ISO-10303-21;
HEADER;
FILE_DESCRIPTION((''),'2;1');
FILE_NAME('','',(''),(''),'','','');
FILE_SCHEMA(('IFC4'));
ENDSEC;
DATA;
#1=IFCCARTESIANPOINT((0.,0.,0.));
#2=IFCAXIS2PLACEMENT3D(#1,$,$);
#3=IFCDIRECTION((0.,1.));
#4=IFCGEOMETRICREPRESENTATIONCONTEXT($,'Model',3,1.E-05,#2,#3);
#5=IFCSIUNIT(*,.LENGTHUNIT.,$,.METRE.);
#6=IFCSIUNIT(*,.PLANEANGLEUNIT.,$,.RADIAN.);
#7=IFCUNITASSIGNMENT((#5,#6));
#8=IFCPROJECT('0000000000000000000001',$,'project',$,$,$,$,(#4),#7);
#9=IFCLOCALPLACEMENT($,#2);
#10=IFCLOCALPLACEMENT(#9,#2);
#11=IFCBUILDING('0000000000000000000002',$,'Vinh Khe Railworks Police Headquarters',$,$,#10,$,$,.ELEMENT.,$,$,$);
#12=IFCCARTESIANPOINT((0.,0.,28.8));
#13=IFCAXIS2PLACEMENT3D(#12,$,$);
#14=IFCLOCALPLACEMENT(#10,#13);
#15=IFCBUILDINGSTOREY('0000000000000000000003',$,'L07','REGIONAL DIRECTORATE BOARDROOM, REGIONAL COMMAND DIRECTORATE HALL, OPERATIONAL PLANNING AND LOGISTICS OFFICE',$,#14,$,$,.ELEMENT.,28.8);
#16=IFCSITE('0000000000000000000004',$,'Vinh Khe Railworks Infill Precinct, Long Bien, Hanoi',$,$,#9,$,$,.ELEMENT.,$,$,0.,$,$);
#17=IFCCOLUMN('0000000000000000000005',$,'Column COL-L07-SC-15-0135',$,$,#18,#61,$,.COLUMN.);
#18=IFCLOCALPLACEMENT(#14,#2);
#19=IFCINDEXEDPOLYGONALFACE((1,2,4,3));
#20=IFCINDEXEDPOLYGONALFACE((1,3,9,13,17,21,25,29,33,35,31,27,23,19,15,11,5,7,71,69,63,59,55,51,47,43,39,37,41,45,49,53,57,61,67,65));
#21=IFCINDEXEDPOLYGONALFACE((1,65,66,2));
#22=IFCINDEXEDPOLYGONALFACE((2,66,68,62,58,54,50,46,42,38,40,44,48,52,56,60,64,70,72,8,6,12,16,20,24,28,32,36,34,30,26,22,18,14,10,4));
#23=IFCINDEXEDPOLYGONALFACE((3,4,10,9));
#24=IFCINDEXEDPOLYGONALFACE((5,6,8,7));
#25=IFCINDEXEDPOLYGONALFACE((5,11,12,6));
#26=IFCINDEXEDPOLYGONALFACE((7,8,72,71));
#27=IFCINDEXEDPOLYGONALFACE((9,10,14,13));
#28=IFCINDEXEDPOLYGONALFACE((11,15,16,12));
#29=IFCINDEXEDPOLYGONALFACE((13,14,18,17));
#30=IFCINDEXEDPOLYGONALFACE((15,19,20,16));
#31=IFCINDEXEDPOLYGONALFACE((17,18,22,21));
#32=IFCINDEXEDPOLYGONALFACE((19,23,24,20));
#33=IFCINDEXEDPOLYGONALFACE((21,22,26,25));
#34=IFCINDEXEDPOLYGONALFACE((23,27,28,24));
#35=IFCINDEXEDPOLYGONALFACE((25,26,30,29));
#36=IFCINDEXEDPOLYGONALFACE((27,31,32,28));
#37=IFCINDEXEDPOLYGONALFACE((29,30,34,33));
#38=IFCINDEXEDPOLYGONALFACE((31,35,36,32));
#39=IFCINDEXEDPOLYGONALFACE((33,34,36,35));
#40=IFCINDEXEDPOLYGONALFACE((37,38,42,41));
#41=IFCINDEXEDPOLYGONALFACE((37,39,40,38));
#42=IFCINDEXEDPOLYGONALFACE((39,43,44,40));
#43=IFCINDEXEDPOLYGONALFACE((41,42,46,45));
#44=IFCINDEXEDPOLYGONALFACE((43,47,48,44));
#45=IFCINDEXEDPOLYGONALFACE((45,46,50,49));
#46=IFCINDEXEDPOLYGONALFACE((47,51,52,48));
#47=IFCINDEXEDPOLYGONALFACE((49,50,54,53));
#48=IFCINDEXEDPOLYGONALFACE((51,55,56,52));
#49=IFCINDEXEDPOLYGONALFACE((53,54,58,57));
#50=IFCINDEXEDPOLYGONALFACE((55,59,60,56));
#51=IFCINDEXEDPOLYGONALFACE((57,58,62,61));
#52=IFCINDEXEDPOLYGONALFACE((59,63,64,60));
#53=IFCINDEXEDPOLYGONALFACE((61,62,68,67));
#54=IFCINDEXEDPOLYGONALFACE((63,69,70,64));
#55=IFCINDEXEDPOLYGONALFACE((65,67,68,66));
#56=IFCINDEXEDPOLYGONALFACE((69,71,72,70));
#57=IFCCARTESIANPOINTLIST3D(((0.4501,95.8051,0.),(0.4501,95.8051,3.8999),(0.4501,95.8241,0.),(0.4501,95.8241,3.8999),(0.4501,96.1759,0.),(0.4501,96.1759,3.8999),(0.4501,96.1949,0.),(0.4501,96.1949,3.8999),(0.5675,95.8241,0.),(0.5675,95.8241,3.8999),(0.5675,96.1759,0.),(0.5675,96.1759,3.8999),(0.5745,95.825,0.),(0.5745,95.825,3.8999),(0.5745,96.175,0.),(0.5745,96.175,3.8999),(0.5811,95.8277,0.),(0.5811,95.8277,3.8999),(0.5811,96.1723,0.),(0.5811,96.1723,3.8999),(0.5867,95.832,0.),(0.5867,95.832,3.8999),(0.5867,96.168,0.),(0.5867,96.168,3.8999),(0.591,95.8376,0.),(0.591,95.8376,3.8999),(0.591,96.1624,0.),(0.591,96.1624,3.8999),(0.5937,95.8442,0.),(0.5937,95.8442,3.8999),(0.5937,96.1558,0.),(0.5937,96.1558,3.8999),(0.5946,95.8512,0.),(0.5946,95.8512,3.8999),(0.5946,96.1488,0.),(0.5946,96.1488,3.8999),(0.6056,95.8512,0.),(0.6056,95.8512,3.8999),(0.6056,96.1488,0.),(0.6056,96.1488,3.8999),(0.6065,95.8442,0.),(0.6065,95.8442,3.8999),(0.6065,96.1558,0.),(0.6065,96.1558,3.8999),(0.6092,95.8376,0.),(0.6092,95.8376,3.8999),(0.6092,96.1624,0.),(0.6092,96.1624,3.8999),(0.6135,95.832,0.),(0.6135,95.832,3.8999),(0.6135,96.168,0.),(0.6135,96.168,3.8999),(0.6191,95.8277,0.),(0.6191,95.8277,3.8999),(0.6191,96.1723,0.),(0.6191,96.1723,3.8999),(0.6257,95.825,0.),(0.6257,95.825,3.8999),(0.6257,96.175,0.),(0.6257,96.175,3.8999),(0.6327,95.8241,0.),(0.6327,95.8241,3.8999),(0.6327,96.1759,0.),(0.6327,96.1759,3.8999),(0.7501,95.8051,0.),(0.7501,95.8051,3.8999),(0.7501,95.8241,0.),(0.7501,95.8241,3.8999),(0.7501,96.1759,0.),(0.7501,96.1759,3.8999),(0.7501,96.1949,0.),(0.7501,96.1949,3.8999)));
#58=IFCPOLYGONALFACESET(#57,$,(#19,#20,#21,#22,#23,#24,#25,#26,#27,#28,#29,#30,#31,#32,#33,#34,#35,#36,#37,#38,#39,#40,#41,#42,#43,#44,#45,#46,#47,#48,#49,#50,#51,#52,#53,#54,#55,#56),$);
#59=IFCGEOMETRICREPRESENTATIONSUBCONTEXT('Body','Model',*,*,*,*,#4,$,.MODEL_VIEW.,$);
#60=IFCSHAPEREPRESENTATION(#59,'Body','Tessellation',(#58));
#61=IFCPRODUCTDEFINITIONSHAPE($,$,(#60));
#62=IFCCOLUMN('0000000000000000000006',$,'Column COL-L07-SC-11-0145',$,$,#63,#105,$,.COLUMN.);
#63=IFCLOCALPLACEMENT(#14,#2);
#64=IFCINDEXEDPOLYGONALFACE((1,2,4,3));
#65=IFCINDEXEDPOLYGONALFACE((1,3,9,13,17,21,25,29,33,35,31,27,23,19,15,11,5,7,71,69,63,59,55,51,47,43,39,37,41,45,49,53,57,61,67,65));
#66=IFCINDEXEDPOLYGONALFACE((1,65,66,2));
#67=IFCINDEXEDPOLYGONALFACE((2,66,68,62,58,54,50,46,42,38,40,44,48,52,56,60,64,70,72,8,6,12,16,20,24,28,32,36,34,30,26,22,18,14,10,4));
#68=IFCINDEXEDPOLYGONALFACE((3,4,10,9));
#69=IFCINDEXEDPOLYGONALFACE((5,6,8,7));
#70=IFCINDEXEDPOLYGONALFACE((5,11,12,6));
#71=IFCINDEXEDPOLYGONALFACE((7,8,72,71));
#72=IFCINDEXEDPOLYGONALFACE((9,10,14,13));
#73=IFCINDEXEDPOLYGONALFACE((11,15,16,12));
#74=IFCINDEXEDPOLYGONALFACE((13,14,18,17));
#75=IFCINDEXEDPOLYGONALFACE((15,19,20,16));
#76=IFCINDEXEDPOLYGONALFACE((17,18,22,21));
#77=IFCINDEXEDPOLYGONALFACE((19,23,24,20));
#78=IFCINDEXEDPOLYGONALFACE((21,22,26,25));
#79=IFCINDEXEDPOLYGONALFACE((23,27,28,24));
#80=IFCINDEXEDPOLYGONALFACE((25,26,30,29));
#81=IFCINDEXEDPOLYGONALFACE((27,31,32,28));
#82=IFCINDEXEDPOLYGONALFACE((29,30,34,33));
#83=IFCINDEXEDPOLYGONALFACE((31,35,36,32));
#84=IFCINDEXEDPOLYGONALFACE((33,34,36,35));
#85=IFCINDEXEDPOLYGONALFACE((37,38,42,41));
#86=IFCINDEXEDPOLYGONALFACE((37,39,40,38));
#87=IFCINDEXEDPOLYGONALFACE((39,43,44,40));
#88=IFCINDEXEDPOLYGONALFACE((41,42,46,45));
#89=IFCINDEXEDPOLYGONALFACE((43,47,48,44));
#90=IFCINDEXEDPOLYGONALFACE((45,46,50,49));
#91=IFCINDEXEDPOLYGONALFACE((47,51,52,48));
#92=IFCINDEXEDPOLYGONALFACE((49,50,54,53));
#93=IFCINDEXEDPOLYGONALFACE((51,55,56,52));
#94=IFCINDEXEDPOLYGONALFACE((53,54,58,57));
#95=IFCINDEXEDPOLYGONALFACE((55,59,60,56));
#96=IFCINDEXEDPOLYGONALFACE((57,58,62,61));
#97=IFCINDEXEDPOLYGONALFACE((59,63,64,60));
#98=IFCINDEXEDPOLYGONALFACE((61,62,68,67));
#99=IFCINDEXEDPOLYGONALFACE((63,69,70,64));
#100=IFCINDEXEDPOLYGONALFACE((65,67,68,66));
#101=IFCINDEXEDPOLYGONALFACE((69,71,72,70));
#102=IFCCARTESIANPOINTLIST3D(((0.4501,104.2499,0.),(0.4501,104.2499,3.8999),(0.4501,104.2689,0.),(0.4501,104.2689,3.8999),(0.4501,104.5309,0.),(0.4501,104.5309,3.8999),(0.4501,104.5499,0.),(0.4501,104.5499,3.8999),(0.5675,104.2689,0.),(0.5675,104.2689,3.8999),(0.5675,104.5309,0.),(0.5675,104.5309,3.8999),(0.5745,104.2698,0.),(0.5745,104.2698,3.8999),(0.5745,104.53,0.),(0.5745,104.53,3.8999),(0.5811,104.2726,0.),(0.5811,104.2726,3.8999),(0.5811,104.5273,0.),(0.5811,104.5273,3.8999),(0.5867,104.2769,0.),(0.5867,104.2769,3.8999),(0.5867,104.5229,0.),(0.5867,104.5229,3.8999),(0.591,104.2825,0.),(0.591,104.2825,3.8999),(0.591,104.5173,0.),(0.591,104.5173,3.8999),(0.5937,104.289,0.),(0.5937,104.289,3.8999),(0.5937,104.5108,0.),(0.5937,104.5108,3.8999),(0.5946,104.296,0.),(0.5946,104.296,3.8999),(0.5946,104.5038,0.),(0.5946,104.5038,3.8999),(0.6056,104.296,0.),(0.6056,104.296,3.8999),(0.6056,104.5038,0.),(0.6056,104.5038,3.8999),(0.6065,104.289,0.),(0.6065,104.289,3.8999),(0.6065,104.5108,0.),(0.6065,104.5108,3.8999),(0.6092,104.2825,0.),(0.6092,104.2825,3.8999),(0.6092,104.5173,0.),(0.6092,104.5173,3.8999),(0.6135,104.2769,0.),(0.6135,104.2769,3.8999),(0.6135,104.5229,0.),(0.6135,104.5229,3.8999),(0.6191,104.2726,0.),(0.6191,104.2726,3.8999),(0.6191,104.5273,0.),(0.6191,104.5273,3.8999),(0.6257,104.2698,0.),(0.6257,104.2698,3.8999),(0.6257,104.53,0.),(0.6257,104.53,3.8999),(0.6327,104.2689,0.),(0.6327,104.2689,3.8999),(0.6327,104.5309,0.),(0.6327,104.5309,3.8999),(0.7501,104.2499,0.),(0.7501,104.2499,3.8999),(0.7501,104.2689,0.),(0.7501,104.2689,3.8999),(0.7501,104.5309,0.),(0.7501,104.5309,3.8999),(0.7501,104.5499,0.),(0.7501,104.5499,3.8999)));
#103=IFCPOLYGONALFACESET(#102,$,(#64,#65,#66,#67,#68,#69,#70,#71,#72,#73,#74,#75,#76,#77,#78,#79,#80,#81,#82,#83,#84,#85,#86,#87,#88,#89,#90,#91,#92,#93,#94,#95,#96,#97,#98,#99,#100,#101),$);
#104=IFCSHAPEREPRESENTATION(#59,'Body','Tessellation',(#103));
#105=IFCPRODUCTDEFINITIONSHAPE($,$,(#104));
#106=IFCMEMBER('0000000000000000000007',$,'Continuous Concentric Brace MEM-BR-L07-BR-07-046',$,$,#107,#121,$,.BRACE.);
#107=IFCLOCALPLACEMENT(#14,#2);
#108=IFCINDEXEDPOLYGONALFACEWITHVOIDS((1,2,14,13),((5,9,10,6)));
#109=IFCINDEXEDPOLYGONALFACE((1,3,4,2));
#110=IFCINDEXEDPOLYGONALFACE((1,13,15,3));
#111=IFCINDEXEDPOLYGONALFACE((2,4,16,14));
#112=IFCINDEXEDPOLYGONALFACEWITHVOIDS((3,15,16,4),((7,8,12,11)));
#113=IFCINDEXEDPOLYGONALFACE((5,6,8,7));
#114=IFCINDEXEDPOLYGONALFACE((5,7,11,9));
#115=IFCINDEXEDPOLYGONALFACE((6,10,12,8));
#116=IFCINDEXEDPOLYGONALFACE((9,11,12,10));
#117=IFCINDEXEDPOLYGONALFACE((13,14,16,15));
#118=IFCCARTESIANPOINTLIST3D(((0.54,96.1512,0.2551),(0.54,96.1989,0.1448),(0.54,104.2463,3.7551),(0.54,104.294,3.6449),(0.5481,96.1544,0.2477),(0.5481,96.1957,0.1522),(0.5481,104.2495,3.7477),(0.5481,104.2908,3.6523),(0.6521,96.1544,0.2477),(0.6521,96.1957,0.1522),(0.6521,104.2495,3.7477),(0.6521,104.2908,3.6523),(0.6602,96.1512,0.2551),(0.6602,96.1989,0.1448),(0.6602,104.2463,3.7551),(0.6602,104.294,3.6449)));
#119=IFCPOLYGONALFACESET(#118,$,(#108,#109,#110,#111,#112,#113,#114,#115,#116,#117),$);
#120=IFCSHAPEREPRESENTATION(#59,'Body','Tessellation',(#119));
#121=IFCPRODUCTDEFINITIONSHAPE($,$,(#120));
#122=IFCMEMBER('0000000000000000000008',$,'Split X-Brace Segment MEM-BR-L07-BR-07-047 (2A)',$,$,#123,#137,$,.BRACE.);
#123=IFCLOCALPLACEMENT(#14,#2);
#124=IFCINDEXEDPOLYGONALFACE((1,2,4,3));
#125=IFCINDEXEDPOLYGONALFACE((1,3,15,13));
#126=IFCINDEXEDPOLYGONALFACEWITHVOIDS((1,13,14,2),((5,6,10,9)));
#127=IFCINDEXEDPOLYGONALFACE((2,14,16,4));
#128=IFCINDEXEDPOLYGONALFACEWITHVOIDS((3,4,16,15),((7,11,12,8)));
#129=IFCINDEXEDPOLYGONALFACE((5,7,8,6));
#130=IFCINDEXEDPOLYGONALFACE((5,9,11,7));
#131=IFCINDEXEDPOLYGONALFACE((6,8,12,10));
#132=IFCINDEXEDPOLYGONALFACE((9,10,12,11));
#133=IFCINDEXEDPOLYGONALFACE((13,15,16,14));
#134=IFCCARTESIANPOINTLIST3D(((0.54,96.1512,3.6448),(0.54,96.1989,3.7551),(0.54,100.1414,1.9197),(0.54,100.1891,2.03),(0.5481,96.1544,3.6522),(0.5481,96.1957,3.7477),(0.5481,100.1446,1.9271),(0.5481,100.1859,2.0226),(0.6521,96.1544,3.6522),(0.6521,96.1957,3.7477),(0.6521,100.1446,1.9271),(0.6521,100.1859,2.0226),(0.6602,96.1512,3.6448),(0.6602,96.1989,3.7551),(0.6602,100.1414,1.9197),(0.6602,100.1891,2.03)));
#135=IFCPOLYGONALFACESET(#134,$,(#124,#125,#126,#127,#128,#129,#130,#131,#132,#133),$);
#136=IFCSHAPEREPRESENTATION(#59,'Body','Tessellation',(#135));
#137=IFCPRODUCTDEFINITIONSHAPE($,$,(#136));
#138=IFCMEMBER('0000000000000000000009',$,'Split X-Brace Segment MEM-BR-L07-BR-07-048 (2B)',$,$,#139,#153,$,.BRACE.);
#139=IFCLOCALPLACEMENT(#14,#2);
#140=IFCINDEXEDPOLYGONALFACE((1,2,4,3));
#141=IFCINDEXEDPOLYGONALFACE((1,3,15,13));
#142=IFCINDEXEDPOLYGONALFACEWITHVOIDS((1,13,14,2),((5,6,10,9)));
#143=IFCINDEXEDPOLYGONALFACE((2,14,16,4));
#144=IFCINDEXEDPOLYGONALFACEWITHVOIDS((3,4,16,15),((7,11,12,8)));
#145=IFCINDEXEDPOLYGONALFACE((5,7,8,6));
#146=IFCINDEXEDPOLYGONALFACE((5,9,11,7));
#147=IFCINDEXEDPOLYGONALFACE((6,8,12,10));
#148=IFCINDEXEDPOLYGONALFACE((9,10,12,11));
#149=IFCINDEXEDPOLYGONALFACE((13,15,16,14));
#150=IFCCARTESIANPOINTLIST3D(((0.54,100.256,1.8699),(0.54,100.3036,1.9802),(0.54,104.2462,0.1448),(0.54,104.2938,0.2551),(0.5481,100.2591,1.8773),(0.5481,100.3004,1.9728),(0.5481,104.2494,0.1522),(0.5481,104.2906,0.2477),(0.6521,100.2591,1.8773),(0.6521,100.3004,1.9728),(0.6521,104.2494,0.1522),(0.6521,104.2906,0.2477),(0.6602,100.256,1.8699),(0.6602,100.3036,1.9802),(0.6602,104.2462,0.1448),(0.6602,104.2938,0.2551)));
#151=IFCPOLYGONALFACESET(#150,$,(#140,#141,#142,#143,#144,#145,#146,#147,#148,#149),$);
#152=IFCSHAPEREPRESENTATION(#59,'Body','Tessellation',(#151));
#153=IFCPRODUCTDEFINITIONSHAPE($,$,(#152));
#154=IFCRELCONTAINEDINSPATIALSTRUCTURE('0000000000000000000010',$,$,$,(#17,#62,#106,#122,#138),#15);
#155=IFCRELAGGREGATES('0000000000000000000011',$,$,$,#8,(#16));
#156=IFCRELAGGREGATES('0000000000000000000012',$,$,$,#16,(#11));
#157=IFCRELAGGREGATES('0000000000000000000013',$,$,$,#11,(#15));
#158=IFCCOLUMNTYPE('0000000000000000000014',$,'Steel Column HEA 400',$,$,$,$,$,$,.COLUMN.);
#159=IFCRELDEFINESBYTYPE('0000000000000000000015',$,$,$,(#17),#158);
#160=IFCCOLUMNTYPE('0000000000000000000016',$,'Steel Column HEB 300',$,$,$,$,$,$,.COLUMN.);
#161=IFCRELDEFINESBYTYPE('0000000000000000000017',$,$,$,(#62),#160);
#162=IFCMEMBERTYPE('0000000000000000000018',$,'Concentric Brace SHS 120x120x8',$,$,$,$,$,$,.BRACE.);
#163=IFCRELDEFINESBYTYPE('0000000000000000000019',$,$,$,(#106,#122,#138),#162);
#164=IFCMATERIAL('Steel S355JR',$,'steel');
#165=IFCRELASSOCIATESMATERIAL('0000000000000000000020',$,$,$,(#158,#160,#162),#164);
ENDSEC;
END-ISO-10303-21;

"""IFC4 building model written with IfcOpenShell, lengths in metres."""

from ifc_helpers import new_model, si_unit, direction, frame, origin, origin_2d, place, context, subcontext, project, spatial, hollow_rectangle, i_section, extrude, material, material_profile, profile_set, type_object, element, save


model = new_model("IFC4")

# Units and contexts
model_context = context("Model", 3, precision=1e-05, world=origin(), true_north=direction((0.0, 1.0)))
body_context = subcontext(model_context, "Body", "Model", "MODEL_VIEW")
ifc_project = project(units=[si_unit("LENGTHUNIT", "METRE"), si_unit("PLANEANGLEUNIT", "RADIAN")], contexts=[model_context])

# Site, building, storey
site_placement = place(None, origin())
site = spatial("IfcSite", under=ifc_project, at=site_placement, Name="Vinh Khe Railworks Infill Precinct, Long Bien, Hanoi", CompositionType="ELEMENT", RefElevation=0.0)
building_placement = place(site_placement, origin())
building = spatial("IfcBuilding", under=site, at=building_placement, Name="Vinh Khe Railworks Police Headquarters", CompositionType="ELEMENT")
storey_placement = place(building_placement, frame((0.0, 0.0, 28.8)))
storey = spatial("IfcBuildingStorey", under=building, at=storey_placement, Name="L07", Description="REGIONAL DIRECTORATE BOARDROOM, REGIONAL COMMAND DIRECTORATE HALL, OPERATIONAL PLANNING AND LOGISTICS OFFICE", CompositionType="ELEMENT", Elevation=28.8)

# Columns
ifc_material_1 = material(Name="Steel S355JR", Category="steel")
ifc_material_profile_1 = material_profile(ifc_material_1, i_section(OverallWidth=0.3, OverallDepth=0.3899, WebThickness=0.011, FlangeThickness=0.019, FilletRadius=0.0271, at=origin_2d()), Name="HEA 400")
ifc_profile_set_1 = profile_set([ifc_material_profile_1], Name="Steel S355JR")
column_type_1 = type_object("IfcColumnType", Name="Steel Column HEA 400", PredefinedType="COLUMN", material=ifc_profile_set_1)
column_1_placement = place(storey_placement, frame((0.6001, 96.0, 0.0), z_axis=(0.0, 0.0, 1.0), x_axis=(1.0, 0.0, 0.0)))
element("IfcColumn", 1, at=column_1_placement, inside=storey, type_object=column_type_1, Name="Column COL-L07-SC-15-0135", PredefinedType="COLUMN", context=body_context, shape_type="SweptSolid", body=[
    extrude(i_section(OverallWidth=0.3, OverallDepth=0.3899, WebThickness=0.011, FlangeThickness=0.019, FilletRadius=0.0271, at=origin_2d()), origin(), (0.0, 0.0, 1.0), 3.8999),
])
ifc_material_profile_2 = material_profile(ifc_material_1, i_section(OverallWidth=0.3, OverallDepth=0.3, WebThickness=0.011, FlangeThickness=0.019, FilletRadius=0.0271, at=origin_2d()), Name="HEB 300")
ifc_profile_set_2 = profile_set([ifc_material_profile_2], Name="Steel S355JR")
column_type_2 = type_object("IfcColumnType", Name="Steel Column HEB 300", PredefinedType="COLUMN", material=ifc_profile_set_2)
column_2_placement = place(storey_placement, frame((0.6001, 104.3999, 0.0), z_axis=(0.0, 0.0, 1.0), x_axis=(1.0, 0.0, 0.0)))
element("IfcColumn", 2, at=column_2_placement, inside=storey, type_object=column_type_2, Name="Column COL-L07-SC-11-0145", PredefinedType="COLUMN", context=body_context, shape_type="SweptSolid", body=[
    extrude(i_section(OverallWidth=0.3, OverallDepth=0.3, WebThickness=0.011, FlangeThickness=0.019, FilletRadius=0.0271, at=origin_2d()), origin(), (0.0, 0.0, 1.0), 3.8999),
])

# Members
ifc_material_profile_3 = material_profile(ifc_material_1, hollow_rectangle(XDim=0.1201, YDim=0.1201, WallThickness=0.0081, at=origin_2d()), Name="SHS 120x120x8")
ifc_profile_set_3 = profile_set([ifc_material_profile_3], Name="Steel S355JR")
member_type = type_object("IfcMemberType", Name="Concentric Brace SHS 120x120x8", PredefinedType="BRACE", material=ifc_profile_set_3)
member_placement = place(storey_placement, frame((0.6001, 96.175, 0.2), z_axis=(0.0, 0.917879, 0.396861), x_axis=(-1.0, 0.0, 0.0)))
element("IfcMember", 3, at=member_placement, inside=storey, type_object=member_type, Name="Continuous Concentric Brace MEM-BR-L07-BR-07-046", PredefinedType="BRACE", context=body_context, shape_type="SweptSolid", body=[
    extrude(hollow_rectangle(XDim=0.1201, YDim=0.1201, WallThickness=0.0081, at=origin_2d()), origin(), (0.0, 0.0, 1.0), 8.8193),
])
for number, where, z_axis, x_axis, name in (
    (4, (0.6001, 96.175, 3.7), (0.0, 0.917891, -0.396832), (-1.0, 0.0, 0.0), "Split X-Brace Segment MEM-BR-L07-BR-07-047 (2A)"),
    (5, (0.6001, 100.2798, 1.925), (0.0, 0.917891, -0.396832), (-1.0, 0.0, 0.0), "Split X-Brace Segment MEM-BR-L07-BR-07-048 (2B)"),
):
    element("IfcMember", number, at=place(storey_placement, frame(where, z_axis=z_axis, x_axis=x_axis)), inside=storey, type_object=member_type, Name=name, PredefinedType="BRACE", context=body_context, shape_type="SweptSolid", body=[
        extrude(hollow_rectangle(XDim=0.1201, YDim=0.1201, WallThickness=0.0081, at=origin_2d()), origin(), (0.0, 0.0, 1.0), 4.3472),
    ])

save(model, "model.ifc")
